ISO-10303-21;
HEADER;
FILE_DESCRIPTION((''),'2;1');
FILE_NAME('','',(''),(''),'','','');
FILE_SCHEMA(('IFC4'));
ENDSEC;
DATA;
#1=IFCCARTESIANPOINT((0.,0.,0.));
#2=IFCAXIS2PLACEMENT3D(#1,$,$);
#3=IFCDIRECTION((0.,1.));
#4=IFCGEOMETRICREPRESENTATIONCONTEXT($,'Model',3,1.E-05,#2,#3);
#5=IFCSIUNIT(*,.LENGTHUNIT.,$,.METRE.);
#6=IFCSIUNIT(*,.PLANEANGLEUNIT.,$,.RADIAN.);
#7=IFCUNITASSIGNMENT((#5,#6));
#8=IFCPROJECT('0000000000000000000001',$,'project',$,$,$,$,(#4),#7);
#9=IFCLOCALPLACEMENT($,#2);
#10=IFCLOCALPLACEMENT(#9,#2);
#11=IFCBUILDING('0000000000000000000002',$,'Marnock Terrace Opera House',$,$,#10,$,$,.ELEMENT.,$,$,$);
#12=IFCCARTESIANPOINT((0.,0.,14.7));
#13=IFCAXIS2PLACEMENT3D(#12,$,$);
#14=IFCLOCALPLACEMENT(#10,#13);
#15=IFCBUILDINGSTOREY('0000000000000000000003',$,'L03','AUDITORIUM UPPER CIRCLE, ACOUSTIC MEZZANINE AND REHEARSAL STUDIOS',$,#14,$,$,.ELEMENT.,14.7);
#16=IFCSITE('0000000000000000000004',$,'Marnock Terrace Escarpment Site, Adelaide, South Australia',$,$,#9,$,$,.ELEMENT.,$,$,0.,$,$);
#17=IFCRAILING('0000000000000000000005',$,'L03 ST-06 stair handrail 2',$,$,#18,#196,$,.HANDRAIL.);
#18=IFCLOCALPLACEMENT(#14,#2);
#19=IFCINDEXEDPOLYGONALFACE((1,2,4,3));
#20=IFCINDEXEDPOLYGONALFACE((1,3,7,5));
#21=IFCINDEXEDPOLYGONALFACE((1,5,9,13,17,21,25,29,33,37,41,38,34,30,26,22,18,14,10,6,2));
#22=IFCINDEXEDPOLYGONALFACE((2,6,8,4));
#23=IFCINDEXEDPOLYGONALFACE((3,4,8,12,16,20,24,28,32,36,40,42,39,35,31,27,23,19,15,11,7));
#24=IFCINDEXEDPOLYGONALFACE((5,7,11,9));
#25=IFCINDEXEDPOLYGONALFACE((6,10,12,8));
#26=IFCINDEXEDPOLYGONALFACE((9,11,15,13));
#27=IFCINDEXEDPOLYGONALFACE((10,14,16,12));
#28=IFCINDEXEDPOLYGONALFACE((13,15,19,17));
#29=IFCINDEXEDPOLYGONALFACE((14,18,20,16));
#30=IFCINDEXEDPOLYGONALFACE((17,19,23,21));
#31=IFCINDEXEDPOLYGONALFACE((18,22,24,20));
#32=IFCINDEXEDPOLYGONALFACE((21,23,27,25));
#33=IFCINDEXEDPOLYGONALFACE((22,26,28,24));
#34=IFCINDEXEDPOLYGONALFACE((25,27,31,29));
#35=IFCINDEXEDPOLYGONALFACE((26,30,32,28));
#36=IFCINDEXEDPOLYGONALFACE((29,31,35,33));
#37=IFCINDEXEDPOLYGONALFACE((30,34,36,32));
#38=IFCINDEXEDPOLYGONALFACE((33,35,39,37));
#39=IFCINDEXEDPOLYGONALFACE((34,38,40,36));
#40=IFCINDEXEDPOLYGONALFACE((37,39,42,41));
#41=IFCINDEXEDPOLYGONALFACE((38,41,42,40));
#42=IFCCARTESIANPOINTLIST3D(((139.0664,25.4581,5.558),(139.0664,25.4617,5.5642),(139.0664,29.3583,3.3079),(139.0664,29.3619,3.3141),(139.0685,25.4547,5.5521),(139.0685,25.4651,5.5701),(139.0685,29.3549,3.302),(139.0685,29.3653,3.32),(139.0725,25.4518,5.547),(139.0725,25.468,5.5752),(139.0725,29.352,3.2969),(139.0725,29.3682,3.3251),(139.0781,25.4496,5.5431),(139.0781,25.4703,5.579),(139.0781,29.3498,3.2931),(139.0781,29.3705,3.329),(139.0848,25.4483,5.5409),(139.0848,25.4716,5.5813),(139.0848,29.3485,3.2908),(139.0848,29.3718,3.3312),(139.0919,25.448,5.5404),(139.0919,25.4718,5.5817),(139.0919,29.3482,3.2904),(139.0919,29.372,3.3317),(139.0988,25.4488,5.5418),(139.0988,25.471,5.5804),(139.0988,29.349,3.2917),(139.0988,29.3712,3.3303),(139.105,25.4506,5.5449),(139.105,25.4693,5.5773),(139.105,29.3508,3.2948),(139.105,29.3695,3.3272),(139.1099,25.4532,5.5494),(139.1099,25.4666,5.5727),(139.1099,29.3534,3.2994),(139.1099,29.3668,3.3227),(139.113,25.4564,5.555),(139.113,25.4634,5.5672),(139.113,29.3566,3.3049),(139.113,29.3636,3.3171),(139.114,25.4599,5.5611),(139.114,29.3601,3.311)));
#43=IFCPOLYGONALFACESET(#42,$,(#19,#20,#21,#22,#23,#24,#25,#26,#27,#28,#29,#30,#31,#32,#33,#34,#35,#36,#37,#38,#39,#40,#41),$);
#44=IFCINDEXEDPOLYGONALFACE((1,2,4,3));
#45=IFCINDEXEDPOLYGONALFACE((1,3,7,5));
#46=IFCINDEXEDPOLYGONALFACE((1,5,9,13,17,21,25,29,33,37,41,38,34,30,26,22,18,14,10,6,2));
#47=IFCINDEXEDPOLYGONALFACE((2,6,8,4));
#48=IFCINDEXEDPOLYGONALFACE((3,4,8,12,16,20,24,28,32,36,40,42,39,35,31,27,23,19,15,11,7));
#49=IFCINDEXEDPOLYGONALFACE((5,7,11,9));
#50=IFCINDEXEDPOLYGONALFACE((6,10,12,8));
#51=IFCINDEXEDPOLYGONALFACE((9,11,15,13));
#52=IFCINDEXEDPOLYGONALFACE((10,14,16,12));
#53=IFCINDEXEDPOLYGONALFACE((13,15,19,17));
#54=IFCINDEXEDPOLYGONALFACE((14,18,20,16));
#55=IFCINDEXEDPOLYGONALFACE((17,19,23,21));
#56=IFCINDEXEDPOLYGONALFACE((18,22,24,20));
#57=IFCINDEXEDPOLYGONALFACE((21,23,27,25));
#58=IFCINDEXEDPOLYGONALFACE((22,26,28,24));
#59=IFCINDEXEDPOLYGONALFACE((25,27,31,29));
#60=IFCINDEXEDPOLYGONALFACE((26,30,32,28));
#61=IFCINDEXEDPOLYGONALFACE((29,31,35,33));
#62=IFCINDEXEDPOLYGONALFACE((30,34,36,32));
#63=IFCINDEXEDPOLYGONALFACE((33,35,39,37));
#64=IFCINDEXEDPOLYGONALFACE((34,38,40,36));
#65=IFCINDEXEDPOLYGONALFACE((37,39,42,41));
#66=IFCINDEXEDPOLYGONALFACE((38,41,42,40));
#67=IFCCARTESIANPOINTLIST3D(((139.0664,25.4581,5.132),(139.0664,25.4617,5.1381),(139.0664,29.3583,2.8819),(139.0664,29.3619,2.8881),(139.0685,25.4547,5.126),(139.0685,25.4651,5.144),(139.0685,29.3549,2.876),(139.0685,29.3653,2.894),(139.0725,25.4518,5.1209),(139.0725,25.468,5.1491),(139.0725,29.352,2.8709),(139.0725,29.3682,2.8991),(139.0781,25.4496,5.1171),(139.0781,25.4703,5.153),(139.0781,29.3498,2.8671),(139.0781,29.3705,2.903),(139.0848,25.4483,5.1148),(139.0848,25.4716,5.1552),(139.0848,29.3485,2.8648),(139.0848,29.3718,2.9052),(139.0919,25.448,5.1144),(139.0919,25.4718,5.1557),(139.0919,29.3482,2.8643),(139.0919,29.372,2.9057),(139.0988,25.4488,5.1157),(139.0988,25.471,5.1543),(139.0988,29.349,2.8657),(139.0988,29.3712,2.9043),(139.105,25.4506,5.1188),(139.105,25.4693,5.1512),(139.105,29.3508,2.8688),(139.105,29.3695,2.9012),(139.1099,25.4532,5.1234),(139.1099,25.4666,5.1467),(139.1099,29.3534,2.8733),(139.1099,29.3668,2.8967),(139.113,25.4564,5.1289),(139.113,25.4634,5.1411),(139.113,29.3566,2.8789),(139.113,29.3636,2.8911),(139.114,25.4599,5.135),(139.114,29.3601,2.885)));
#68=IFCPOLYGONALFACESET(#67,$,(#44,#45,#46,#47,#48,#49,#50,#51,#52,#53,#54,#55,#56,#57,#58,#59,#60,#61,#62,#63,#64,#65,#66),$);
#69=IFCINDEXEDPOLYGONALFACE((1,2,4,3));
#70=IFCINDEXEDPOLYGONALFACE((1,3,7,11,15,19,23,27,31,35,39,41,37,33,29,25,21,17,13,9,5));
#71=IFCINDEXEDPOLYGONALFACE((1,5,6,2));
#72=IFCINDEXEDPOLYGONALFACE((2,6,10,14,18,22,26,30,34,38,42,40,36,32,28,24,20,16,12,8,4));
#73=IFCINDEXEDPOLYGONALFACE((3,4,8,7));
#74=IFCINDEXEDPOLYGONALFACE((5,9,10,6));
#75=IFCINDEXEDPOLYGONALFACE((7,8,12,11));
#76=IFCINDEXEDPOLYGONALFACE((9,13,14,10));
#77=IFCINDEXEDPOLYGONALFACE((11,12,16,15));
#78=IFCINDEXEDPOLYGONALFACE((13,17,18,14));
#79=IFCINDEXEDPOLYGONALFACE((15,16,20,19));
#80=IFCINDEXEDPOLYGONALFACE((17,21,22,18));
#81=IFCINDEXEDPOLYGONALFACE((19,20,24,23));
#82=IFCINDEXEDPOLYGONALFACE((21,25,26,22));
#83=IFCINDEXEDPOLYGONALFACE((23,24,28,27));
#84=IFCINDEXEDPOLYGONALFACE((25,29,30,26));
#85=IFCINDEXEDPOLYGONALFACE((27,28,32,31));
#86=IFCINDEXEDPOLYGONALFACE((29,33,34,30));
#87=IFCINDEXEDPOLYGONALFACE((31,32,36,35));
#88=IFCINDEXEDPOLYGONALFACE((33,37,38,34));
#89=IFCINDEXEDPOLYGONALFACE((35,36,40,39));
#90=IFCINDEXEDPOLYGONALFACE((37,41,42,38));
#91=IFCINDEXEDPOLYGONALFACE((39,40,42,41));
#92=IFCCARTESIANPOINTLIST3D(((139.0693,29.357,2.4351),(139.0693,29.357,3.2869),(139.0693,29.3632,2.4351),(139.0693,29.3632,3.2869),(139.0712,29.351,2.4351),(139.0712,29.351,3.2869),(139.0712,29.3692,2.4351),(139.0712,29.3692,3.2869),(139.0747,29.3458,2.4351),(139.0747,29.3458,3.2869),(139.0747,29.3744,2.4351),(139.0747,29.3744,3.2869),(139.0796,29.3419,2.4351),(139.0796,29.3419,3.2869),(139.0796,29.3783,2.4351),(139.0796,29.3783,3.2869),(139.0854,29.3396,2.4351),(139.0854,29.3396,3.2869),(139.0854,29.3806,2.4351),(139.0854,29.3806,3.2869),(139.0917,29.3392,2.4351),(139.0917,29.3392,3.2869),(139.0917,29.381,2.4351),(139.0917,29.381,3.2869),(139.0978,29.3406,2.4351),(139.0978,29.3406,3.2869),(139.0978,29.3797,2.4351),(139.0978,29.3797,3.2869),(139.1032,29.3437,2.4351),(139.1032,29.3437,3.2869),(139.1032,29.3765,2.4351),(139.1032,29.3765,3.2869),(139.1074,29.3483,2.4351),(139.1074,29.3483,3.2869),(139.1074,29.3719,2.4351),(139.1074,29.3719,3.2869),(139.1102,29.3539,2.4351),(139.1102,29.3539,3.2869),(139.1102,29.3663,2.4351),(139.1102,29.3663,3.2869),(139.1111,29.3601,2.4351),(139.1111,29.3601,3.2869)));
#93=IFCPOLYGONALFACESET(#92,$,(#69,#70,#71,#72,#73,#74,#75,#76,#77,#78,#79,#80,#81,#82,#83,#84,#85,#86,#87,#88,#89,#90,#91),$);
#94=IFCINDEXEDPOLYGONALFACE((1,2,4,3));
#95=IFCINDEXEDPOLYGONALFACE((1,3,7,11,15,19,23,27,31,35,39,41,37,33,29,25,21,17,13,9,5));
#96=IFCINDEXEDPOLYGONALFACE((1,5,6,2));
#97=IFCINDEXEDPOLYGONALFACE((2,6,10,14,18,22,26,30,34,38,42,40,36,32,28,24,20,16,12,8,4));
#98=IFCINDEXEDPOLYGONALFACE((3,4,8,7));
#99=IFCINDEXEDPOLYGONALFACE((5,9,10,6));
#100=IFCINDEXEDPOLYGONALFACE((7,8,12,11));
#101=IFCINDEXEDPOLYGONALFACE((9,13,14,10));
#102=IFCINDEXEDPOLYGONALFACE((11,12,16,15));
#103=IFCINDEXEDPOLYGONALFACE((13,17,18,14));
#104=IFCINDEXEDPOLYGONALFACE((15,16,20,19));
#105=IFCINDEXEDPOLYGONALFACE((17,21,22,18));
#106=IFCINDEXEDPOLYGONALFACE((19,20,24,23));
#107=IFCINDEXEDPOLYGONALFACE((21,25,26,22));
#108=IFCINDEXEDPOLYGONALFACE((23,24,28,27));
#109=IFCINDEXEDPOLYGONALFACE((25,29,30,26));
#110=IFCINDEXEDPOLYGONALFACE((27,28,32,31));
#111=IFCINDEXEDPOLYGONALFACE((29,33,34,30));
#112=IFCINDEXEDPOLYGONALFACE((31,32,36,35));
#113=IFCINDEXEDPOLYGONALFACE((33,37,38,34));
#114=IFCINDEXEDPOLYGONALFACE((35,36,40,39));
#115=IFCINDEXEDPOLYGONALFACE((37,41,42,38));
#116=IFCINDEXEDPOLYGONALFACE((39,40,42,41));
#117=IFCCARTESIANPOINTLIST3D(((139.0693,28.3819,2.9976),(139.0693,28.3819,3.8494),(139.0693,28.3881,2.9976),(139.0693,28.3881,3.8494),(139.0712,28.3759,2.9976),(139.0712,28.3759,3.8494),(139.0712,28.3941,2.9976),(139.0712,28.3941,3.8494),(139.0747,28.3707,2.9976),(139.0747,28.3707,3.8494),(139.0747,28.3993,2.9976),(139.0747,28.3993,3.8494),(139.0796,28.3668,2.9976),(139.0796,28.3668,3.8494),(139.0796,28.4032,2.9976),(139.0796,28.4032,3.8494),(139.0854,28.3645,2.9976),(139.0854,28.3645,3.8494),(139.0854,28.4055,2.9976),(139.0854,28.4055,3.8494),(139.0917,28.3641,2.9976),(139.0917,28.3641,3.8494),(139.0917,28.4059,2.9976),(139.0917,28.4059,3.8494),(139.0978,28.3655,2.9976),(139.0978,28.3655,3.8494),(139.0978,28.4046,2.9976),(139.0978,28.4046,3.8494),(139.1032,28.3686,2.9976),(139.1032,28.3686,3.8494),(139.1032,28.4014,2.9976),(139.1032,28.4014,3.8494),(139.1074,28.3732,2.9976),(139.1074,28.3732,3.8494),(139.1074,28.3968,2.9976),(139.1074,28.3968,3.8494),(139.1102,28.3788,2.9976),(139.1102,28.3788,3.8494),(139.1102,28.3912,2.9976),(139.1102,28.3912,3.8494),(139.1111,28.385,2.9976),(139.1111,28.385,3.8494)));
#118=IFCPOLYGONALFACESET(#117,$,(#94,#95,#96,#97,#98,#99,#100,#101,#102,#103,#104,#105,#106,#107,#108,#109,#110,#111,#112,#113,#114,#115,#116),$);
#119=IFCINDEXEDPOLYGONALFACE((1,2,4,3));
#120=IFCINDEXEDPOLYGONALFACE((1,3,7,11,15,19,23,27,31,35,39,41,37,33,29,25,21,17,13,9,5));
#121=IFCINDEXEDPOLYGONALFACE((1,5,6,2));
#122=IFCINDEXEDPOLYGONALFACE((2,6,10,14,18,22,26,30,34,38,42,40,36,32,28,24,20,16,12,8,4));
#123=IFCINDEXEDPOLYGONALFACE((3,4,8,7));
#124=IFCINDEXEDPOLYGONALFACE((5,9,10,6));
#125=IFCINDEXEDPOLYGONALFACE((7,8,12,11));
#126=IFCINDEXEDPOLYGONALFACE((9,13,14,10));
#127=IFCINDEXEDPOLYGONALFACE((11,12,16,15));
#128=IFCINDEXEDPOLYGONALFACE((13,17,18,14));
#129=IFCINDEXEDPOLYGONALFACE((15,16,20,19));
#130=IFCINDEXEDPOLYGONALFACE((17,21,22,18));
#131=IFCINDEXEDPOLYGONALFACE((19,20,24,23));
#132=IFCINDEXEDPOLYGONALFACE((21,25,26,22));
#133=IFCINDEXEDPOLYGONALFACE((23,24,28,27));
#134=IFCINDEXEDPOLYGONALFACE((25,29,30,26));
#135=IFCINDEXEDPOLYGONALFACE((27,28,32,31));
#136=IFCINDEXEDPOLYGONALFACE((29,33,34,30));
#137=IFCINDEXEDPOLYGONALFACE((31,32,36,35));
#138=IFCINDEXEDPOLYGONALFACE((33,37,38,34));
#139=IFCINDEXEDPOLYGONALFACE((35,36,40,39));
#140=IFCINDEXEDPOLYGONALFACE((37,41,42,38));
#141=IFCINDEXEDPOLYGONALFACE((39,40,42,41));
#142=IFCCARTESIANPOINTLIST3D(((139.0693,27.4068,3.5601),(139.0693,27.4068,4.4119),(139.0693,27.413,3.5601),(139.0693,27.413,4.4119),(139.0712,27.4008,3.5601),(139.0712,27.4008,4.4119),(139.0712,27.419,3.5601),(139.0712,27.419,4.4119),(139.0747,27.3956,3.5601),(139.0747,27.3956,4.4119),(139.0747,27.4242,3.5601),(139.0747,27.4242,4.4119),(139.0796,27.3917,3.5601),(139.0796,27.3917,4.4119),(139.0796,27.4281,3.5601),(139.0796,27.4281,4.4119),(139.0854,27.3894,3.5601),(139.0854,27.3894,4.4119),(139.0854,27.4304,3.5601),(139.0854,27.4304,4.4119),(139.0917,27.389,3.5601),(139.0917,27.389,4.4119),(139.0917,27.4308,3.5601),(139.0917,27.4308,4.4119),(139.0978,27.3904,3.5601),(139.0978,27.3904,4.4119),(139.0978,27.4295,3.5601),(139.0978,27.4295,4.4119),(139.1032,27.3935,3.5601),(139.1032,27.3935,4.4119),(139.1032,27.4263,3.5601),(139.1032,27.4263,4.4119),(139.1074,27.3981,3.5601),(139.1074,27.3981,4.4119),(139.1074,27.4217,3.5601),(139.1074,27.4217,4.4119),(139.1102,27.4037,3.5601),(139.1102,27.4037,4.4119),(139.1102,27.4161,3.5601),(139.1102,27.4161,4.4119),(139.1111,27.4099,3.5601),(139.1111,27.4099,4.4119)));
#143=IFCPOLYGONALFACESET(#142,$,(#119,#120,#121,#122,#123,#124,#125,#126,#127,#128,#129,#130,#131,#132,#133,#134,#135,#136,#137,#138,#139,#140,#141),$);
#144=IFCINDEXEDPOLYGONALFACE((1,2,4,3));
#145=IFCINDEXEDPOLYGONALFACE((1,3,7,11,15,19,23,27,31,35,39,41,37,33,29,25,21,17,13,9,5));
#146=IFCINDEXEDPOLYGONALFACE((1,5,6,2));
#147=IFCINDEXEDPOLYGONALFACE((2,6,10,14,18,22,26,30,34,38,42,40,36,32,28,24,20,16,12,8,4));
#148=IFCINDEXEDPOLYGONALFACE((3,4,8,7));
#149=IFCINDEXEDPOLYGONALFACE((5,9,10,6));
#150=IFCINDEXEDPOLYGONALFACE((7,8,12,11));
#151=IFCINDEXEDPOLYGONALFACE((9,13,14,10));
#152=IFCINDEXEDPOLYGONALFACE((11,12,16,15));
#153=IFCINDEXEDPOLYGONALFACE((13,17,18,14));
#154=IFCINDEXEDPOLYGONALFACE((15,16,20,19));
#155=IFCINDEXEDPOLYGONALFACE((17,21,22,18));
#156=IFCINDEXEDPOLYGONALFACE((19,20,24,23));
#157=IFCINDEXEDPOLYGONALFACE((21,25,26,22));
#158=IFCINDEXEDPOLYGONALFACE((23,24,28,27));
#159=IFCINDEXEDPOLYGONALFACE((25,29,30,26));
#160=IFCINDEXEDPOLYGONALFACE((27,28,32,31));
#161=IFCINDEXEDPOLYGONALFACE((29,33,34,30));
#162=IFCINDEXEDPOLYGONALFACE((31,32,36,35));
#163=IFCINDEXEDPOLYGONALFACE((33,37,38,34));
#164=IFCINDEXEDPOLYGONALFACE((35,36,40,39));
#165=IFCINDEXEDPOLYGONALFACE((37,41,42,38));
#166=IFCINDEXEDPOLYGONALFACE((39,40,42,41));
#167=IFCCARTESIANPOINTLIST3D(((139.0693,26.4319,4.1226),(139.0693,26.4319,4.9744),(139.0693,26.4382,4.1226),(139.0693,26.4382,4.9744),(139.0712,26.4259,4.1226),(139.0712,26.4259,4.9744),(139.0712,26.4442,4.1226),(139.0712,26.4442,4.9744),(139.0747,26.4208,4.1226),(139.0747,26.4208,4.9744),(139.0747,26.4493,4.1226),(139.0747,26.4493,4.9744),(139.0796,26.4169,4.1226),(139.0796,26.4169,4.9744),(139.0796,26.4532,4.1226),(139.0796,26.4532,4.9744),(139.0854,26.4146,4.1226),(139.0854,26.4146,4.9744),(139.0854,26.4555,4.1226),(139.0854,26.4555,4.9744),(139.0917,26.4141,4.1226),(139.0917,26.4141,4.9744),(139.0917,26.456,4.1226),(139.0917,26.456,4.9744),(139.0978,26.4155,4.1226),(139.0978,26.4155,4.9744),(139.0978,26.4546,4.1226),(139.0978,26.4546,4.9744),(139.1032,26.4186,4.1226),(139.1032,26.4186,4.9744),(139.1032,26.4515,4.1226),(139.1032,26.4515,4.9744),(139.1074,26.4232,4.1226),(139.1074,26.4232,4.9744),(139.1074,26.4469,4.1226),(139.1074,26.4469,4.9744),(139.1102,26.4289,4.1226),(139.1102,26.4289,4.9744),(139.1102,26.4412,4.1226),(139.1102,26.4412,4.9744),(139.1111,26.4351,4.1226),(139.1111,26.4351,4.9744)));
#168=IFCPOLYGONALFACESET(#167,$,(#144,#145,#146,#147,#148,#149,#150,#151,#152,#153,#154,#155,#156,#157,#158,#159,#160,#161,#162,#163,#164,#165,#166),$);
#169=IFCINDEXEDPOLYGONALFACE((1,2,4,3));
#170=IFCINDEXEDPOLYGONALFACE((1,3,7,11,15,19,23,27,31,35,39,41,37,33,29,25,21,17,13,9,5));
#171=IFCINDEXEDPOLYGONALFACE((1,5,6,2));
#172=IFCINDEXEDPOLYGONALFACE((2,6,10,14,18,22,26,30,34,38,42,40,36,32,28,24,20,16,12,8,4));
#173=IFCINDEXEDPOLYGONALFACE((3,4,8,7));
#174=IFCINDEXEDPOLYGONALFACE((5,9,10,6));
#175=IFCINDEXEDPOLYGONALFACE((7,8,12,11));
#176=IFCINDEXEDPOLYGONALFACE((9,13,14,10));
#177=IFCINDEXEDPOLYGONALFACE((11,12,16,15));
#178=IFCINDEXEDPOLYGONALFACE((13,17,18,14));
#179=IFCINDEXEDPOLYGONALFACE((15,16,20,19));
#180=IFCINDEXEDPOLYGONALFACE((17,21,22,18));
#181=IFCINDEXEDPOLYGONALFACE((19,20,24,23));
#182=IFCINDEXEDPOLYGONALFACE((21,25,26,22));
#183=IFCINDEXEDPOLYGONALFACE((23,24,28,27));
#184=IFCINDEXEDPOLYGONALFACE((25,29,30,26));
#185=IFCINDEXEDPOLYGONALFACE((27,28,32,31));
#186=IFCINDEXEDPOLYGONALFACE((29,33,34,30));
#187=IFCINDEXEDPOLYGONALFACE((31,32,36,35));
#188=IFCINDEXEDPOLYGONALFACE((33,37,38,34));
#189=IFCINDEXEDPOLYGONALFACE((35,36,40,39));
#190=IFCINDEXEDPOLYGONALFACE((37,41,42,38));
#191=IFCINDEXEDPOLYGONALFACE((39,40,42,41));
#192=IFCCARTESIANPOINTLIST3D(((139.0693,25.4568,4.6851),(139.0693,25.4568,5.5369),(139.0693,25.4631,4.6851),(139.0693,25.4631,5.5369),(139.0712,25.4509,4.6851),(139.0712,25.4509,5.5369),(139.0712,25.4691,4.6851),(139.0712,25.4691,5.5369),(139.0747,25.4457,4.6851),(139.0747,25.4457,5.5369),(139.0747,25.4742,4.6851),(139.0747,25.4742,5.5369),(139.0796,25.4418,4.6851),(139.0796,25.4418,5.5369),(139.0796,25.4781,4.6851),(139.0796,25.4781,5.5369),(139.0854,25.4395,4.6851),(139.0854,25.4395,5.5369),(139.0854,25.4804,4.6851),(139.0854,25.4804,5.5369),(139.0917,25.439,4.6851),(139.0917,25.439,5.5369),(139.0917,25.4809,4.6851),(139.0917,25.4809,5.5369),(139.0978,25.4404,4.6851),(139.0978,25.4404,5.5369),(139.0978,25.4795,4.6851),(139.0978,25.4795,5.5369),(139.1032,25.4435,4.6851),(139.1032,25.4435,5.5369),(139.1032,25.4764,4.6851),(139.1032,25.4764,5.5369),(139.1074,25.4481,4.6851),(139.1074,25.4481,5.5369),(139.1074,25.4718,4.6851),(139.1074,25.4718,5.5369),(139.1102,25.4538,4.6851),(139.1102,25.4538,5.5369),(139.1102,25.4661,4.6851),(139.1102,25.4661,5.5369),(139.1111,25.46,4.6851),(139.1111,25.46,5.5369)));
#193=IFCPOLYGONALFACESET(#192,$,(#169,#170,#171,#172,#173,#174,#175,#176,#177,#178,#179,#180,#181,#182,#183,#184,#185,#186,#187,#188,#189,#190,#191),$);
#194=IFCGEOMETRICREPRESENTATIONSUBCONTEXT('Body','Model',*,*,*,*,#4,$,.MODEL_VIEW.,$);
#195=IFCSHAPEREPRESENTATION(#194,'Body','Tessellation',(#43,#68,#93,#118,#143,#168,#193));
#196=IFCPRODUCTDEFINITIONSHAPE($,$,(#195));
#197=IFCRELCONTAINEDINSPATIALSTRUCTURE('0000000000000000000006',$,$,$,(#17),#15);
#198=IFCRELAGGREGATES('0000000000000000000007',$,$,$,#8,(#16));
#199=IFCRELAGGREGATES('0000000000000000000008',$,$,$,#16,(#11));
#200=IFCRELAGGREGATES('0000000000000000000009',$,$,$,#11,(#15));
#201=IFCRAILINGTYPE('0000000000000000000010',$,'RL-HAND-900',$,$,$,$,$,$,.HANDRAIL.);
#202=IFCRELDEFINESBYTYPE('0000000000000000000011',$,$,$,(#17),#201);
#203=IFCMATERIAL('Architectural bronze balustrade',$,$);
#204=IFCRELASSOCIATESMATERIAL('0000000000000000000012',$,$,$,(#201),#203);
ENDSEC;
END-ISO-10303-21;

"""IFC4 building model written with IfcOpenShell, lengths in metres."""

from ifc_helpers import new_model, si_unit, direction, frame, origin, origin_2d, place, context, subcontext, project, spatial, circle, extrude, material, type_object, element, save


model = new_model("IFC4")

# Units and contexts
model_context = context("Model", 3, precision=1e-05, world=origin(), true_north=direction((0.0, 1.0)))
body_context = subcontext(model_context, "Body", "Model", "MODEL_VIEW")
ifc_project = project(units=[si_unit("LENGTHUNIT", "METRE"), si_unit("PLANEANGLEUNIT", "RADIAN")], contexts=[model_context])

# Site, building, storey
site_placement = place(None, origin())
site = spatial("IfcSite", under=ifc_project, at=site_placement, Name="Marnock Terrace Escarpment Site, Adelaide, South Australia", CompositionType="ELEMENT", RefElevation=0.0)
building_placement = place(site_placement, origin())
building = spatial("IfcBuilding", under=site, at=building_placement, Name="Marnock Terrace Opera House", CompositionType="ELEMENT")
storey_placement = place(building_placement, frame((0.0, 0.0, 14.7)))
storey = spatial("IfcBuildingStorey", under=building, at=storey_placement, Name="L03", Description="AUDITORIUM UPPER CIRCLE, ACOUSTIC MEZZANINE AND REHEARSAL STUDIOS", CompositionType="ELEMENT", Elevation=14.7)

# Railing
ifc_material_1 = material(Name="Architectural bronze balustrade")
railing_type_1 = type_object("IfcRailingType", Name="RL-HAND-900", PredefinedType="HANDRAIL", material=ifc_material_1)
railing_1_placement = place(storey_placement, frame((139.0901, 29.3601, 2.4351)))
element("IfcRailing", 1, at=railing_1_placement, inside=storey, type_object=railing_type_1, Name="L03 ST-06 stair handrail 2", PredefinedType="HANDRAIL", context=body_context, shape_type="SweptSolid", body=[
    extrude(circle(Radius=0.0239, at=origin_2d()), frame((0.0, 0.0, 0.876), z_axis=(0.0, -0.866194, 0.499708), x_axis=(1.0, 0.0, 0.0)), (0.0, 0.0, 1.0), 4.5027),
    extrude(circle(Radius=0.0239, at=origin_2d()), frame((0.0, 0.0, 0.45), z_axis=(0.0, -0.866194, 0.499708), x_axis=(1.0, 0.0, 0.0)), (0.0, 0.0, 1.0), 4.5027),
    extrude(circle(Radius=0.021, at=origin_2d()), origin(), (0.0, 0.0, 1.0), 0.8518),
    extrude(circle(Radius=0.021, at=origin_2d()), frame((0.0, -0.9751, 0.5625)), (0.0, 0.0, 1.0), 0.8518),
    extrude(circle(Radius=0.021, at=origin_2d()), frame((0.0, -1.9502, 1.125)), (0.0, 0.0, 1.0), 0.8518),
    extrude(circle(Radius=0.021, at=origin_2d()), frame((0.0, -2.925, 1.6875)), (0.0, 0.0, 1.0), 0.8518),
    extrude(circle(Radius=0.021, at=origin_2d()), frame((0.0, -3.9001, 2.25)), (0.0, 0.0, 1.0), 0.8518),
])

save(model, "model.ifc")
